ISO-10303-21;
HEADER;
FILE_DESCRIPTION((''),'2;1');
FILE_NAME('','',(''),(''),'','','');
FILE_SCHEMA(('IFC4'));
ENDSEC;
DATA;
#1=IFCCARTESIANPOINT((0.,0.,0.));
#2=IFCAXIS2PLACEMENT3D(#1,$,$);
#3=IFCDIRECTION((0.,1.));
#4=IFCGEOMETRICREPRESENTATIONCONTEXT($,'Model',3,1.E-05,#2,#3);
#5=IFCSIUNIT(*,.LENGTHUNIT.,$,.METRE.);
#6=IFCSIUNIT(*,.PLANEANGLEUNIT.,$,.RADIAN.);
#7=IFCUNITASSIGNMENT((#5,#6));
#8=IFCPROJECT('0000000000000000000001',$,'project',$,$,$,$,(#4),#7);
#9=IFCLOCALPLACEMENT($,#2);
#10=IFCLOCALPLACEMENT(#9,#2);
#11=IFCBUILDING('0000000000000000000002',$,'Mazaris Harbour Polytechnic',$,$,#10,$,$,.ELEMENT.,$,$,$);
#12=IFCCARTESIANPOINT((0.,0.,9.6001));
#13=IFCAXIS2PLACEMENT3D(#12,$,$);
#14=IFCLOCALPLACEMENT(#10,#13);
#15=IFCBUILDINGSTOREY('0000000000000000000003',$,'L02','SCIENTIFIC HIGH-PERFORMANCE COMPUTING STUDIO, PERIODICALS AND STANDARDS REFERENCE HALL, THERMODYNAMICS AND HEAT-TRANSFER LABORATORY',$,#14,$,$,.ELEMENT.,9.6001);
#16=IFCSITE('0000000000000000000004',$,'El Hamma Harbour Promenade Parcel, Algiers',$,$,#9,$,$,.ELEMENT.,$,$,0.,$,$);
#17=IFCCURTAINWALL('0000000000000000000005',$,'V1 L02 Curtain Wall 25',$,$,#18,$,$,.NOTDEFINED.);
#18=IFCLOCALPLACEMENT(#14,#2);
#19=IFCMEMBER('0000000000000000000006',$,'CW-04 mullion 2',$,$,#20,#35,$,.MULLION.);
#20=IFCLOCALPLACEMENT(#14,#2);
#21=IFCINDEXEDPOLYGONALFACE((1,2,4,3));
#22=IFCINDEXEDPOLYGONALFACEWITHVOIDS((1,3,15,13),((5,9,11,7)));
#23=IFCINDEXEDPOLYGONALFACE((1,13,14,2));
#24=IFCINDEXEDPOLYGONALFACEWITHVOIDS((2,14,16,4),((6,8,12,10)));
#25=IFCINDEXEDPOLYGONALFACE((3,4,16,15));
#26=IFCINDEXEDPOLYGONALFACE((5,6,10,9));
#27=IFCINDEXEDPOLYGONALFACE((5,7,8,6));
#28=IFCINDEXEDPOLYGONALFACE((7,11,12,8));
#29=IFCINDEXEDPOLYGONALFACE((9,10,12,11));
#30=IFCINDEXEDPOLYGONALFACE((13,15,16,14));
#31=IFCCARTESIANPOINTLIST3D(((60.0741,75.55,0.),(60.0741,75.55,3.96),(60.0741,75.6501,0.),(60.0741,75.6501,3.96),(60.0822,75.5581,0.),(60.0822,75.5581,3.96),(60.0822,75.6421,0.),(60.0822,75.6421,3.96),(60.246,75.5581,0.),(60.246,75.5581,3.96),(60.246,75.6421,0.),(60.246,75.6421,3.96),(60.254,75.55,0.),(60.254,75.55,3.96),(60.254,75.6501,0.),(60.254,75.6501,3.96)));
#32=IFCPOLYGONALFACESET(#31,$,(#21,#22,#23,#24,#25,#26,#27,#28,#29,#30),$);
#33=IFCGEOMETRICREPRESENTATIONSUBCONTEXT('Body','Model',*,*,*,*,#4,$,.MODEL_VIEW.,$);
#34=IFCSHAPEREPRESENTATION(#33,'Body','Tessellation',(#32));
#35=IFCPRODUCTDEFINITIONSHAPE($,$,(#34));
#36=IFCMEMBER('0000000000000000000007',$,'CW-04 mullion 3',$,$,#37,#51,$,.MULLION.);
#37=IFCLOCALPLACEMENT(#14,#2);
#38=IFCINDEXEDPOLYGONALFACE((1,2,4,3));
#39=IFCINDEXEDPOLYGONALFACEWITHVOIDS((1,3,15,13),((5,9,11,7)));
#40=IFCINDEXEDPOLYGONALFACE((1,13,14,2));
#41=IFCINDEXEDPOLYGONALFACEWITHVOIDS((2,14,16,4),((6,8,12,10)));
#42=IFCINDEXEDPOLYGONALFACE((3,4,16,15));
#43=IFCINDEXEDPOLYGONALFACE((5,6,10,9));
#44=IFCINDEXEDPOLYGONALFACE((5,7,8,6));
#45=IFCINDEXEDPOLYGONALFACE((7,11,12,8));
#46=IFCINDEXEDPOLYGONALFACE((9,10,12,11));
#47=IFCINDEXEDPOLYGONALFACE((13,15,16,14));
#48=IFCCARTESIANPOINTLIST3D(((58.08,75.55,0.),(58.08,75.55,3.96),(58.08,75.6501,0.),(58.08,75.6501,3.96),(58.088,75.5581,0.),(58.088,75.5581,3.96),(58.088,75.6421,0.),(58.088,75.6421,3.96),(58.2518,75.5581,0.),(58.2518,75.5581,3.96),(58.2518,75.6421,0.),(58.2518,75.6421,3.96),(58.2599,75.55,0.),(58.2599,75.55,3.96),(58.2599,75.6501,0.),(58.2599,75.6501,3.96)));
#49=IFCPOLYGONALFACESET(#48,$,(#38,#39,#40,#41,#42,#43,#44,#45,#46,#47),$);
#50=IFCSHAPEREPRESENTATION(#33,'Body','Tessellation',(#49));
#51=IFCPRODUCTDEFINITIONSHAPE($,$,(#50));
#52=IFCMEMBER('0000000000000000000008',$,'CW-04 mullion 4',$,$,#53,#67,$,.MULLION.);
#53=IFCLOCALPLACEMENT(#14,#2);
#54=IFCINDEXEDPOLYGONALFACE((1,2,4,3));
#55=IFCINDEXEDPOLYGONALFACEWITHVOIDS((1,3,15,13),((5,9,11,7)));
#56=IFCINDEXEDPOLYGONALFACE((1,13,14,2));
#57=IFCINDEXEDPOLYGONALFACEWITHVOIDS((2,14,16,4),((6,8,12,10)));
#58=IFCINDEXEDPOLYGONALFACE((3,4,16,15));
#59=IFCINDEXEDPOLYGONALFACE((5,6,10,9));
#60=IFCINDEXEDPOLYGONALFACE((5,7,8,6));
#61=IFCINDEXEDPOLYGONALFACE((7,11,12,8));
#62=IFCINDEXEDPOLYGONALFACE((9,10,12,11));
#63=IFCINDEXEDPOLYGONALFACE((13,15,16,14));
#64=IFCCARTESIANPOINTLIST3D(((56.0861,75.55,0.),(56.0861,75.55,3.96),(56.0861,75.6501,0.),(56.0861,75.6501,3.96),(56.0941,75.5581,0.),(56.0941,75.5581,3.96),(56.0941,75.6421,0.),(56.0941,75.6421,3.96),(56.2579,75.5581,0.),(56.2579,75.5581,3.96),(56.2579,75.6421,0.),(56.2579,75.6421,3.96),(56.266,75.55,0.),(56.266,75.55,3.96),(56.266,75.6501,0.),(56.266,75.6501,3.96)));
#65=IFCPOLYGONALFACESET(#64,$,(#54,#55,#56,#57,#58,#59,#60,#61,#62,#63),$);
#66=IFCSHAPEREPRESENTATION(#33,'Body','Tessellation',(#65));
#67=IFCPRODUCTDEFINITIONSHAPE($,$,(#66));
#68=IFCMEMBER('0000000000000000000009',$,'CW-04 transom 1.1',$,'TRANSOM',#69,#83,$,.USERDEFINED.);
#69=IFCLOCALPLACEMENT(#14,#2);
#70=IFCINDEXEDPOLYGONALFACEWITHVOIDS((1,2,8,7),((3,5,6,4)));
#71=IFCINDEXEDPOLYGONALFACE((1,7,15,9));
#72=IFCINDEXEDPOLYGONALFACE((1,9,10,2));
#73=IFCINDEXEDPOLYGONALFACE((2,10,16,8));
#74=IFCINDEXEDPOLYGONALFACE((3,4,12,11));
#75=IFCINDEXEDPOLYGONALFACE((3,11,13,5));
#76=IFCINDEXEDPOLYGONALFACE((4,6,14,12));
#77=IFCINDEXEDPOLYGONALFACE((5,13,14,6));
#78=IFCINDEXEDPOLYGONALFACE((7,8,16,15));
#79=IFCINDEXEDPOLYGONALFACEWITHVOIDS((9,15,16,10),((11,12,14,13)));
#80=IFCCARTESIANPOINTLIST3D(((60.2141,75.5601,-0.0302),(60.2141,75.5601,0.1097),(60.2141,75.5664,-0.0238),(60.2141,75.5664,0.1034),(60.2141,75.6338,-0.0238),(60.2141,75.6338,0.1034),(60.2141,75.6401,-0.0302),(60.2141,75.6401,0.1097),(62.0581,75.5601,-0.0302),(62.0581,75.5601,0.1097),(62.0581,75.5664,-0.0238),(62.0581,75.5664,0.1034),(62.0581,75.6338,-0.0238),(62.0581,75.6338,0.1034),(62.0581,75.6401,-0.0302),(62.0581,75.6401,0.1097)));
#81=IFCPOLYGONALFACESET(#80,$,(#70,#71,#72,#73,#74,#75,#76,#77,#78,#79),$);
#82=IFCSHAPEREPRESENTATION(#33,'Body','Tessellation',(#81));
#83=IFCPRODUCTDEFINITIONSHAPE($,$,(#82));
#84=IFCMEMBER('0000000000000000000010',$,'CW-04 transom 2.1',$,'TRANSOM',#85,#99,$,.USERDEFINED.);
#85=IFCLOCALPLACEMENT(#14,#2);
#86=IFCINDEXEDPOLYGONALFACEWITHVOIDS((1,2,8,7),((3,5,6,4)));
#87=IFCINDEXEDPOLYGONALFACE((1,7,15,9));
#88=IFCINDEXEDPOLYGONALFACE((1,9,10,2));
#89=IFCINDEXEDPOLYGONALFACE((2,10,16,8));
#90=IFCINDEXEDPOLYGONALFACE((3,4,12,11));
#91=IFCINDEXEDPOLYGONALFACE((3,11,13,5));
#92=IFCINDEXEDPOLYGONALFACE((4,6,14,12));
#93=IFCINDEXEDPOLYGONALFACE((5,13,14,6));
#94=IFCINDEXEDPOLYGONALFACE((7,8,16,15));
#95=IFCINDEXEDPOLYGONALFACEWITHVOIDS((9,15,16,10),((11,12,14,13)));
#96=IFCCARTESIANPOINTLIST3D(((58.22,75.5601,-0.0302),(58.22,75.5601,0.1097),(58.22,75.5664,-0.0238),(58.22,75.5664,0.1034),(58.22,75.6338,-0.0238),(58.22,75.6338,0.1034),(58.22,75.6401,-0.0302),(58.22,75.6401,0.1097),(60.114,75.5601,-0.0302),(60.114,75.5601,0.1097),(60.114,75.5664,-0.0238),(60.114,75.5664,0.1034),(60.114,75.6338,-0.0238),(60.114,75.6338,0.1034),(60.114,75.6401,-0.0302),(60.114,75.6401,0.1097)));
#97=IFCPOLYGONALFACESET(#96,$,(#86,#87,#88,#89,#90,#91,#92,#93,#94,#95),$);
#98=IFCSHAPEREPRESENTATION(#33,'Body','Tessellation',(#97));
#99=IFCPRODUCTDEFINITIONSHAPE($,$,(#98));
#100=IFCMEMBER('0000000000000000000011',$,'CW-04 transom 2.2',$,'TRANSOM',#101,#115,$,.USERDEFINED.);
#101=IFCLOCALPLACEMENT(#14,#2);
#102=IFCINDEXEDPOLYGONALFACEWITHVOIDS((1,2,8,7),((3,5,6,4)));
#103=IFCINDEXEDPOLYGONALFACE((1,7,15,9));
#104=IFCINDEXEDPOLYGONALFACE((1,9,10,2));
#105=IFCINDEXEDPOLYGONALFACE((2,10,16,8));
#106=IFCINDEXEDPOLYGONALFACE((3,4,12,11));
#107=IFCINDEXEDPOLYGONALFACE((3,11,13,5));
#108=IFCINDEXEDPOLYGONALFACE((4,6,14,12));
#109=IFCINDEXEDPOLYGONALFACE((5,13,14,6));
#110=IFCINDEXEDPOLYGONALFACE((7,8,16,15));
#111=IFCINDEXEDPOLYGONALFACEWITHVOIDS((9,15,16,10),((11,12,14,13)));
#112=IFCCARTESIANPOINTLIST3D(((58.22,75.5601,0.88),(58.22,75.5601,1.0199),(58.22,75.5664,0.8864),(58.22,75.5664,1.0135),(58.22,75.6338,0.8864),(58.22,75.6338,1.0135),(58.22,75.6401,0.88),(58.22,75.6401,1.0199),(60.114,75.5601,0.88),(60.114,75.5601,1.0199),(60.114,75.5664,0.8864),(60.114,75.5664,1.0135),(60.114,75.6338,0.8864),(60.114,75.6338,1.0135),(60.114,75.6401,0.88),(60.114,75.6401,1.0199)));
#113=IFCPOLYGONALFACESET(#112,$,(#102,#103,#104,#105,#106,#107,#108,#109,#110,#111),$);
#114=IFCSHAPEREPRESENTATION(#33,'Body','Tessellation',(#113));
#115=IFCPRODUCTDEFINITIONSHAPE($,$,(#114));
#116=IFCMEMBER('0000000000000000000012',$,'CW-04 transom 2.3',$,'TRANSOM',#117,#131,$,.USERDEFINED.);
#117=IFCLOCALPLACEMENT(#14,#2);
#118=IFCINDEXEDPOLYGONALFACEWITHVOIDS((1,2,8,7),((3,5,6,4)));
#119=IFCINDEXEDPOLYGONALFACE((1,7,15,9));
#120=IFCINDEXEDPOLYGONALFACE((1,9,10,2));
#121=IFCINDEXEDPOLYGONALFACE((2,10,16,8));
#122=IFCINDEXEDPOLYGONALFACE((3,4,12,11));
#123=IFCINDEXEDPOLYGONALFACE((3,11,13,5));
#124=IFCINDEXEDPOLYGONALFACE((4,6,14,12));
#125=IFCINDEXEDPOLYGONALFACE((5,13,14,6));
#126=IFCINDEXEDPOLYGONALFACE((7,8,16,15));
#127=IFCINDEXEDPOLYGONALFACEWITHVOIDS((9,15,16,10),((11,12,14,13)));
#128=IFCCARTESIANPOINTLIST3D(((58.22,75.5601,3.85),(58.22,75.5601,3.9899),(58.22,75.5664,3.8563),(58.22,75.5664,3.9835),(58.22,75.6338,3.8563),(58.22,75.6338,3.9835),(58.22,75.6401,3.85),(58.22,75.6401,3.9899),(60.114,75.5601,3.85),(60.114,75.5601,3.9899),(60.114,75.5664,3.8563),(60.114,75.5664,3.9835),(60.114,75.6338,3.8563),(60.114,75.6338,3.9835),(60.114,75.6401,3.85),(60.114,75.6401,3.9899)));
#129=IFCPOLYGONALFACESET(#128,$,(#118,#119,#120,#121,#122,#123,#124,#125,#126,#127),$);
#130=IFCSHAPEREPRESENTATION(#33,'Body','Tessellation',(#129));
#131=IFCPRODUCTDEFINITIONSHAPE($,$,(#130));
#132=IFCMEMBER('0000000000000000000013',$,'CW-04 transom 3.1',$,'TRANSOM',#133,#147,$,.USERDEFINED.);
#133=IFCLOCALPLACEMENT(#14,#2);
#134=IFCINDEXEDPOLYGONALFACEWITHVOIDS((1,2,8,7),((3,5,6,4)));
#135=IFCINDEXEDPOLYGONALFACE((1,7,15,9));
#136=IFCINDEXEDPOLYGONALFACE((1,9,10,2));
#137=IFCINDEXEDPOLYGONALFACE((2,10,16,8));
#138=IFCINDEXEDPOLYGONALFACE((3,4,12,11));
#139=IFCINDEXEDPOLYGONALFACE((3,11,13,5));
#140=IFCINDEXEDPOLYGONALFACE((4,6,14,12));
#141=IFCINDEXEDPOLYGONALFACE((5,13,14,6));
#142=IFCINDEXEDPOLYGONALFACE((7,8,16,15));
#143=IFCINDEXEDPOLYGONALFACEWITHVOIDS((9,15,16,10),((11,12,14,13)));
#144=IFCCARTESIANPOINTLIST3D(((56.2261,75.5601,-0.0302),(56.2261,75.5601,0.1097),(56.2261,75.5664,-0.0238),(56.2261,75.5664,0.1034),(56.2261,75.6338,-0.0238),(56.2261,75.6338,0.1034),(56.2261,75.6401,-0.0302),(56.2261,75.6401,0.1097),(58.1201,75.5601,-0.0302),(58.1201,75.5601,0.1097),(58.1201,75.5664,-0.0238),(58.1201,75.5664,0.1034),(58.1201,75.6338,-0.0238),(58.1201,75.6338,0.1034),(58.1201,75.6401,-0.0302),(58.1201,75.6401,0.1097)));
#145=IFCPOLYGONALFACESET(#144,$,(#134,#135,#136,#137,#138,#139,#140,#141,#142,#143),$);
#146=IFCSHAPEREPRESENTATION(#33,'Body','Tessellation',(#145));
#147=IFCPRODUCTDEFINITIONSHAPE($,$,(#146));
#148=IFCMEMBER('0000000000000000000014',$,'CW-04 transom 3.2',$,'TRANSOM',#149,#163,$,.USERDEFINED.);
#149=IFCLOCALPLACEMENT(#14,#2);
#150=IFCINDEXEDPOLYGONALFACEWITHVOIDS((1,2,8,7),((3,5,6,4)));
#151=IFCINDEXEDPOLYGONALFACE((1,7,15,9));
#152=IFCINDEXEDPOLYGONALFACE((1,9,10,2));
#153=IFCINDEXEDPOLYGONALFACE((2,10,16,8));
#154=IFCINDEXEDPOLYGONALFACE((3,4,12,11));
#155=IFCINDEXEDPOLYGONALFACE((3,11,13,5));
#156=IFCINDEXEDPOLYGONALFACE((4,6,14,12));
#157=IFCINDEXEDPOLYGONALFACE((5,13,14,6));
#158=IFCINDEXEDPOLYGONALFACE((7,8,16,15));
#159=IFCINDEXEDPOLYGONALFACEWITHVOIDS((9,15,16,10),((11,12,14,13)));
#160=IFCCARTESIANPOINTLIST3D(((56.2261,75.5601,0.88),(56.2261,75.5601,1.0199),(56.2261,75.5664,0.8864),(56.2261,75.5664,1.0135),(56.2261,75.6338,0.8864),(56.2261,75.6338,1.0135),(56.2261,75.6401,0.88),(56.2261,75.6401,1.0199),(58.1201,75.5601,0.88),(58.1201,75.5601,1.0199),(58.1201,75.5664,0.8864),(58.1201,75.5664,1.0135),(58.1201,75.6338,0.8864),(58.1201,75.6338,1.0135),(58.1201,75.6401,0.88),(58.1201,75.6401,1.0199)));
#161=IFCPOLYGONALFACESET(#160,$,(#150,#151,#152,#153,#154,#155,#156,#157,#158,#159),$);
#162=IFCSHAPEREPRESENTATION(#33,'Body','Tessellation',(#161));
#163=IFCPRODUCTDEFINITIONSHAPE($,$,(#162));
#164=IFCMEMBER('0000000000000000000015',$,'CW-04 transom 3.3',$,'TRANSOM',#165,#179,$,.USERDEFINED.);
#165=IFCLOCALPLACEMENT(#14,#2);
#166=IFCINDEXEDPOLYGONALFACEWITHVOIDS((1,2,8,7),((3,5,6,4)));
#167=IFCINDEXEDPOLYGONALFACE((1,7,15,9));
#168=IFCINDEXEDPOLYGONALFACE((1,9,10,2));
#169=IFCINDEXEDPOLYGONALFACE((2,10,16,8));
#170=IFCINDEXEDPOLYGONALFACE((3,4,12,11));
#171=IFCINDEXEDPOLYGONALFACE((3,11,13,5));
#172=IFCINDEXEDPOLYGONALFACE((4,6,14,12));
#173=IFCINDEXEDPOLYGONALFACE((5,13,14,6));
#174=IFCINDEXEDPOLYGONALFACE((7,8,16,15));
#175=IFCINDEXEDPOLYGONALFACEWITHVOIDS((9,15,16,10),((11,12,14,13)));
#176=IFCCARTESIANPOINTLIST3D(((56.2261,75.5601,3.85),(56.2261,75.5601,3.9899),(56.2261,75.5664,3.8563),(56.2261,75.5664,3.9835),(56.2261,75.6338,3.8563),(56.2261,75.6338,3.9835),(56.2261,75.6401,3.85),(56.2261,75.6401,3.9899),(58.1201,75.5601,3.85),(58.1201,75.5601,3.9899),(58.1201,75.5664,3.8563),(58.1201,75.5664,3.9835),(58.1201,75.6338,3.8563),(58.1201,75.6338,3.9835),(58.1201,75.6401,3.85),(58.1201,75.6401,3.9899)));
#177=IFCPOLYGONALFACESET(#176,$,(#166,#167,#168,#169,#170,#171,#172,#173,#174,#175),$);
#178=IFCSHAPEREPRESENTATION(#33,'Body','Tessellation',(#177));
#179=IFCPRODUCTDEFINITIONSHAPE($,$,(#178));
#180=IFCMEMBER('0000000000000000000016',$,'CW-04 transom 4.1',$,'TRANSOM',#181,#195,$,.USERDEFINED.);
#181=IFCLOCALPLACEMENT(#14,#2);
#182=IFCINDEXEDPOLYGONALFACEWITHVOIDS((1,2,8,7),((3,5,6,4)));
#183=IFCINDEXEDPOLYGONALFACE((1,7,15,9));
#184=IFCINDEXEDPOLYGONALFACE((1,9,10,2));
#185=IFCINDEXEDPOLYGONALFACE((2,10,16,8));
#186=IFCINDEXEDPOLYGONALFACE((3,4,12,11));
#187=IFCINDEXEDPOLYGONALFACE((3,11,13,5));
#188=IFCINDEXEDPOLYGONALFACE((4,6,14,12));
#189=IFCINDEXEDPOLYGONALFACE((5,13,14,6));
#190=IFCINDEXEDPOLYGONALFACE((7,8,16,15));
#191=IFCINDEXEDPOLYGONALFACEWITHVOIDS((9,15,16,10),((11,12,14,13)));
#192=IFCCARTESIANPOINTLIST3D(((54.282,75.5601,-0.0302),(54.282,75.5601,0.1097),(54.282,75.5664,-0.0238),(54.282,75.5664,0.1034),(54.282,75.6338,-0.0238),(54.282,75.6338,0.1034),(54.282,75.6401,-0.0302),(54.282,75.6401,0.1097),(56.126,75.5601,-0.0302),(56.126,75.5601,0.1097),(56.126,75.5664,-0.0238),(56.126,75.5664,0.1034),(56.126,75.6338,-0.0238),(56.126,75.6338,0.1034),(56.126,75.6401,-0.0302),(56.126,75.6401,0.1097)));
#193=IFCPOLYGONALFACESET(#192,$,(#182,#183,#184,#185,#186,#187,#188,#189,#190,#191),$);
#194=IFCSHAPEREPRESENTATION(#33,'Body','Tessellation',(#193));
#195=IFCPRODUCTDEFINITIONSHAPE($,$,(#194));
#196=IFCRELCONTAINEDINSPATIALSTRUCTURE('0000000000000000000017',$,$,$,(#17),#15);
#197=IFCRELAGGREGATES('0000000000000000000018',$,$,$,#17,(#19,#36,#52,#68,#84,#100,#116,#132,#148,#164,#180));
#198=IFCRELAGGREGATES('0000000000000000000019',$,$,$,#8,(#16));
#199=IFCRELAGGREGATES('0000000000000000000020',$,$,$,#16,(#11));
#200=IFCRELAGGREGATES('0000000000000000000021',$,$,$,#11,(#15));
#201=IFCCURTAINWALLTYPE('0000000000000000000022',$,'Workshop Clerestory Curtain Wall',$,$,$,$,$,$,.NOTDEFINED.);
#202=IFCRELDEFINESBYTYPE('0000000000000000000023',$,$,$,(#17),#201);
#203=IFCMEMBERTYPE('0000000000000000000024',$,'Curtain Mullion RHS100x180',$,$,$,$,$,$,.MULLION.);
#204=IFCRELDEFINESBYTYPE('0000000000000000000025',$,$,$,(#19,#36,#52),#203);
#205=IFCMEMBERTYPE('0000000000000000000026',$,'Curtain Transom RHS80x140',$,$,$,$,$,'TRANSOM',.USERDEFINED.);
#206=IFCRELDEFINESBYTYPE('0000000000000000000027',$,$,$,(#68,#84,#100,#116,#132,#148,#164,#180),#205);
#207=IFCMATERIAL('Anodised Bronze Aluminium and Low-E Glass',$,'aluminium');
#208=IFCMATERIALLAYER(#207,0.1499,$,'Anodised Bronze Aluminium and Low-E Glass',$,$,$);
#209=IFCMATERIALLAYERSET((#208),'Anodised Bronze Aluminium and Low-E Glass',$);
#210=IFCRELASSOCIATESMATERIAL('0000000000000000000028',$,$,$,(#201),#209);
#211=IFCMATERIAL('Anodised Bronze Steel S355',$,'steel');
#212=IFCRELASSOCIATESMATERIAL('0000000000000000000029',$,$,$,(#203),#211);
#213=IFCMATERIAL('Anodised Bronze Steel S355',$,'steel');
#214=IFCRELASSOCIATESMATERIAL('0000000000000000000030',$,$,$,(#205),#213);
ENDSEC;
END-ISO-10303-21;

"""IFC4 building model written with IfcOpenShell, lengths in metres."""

from ifc_helpers import new_model, si_unit, direction, frame, origin, origin_2d, place, context, subcontext, project, spatial, hollow_rectangle, extrude, material, layer, layer_set, material_profile, profile_set, type_object, element, aggregate, save


model = new_model("IFC4")

# Units and contexts
model_context = context("Model", 3, precision=1e-05, world=origin(), true_north=direction((0.0, 1.0)))
body_context = subcontext(model_context, "Body", "Model", "MODEL_VIEW")
ifc_project = project(units=[si_unit("LENGTHUNIT", "METRE"), si_unit("PLANEANGLEUNIT", "RADIAN")], contexts=[model_context])

# Site, building, storey
site_placement = place(None, origin())
site = spatial("IfcSite", under=ifc_project, at=site_placement, Name="El Hamma Harbour Promenade Parcel, Algiers", CompositionType="ELEMENT", RefElevation=0.0)
building_placement = place(site_placement, origin())
building = spatial("IfcBuilding", under=site, at=building_placement, Name="Mazaris Harbour Polytechnic", CompositionType="ELEMENT")
storey_placement = place(building_placement, frame((0.0, 0.0, 9.6001)))
storey = spatial("IfcBuildingStorey", under=building, at=storey_placement, Name="L02", Description="SCIENTIFIC HIGH-PERFORMANCE COMPUTING STUDIO, PERIODICALS AND STANDARDS REFERENCE HALL, THERMODYNAMICS AND HEAT-TRANSFER LABORATORY", CompositionType="ELEMENT", Elevation=9.6001)

# Curtain wall, members
ifc_material_1 = material(Name="Anodised Bronze Aluminium and Low-E Glass", Category="aluminium")
ifc_layer_1 = layer(ifc_material_1, 0.1499, Name="Anodised Bronze Aluminium and Low-E Glass")
ifc_layer_set_1 = layer_set([ifc_layer_1], Name="Anodised Bronze Aluminium and Low-E Glass")
curtain_wall_type = type_object("IfcCurtainWallType", Name="Workshop Clerestory Curtain Wall", PredefinedType="NOTDEFINED", material=ifc_layer_set_1)
curtain_wall_placement = place(storey_placement, origin())
curtain_wall = element("IfcCurtainWall", 1, at=curtain_wall_placement, inside=storey, type_object=curtain_wall_type, Name="V1 L02 Curtain Wall 25", PredefinedType="NOTDEFINED")
ifc_material_2 = material(Name="Anodised Bronze Steel S355", Category="steel")
ifc_material_profile_1 = material_profile(ifc_material_2, hollow_rectangle(XDim=0.1001, YDim=0.1799, WallThickness=0.0081, at=origin_2d()), Name="RHS 100x180x8.0")
ifc_profile_set_1 = profile_set([ifc_material_profile_1], Name="Anodised Bronze Steel S355")
member_type_1 = type_object("IfcMemberType", Name="Curtain Mullion RHS100x180", PredefinedType="MULLION", material=ifc_profile_set_1)
member_1_placement = place(storey_placement, frame((60.1641, 75.6001, 0.0), z_axis=(0.0, 0.0, 1.0), x_axis=(0.0, -1.0, 0.0)))
member_1 = element("IfcMember", 2, at=member_1_placement, type_object=member_type_1, Name="CW-04 mullion 2", PredefinedType="MULLION", context=body_context, shape_type="SweptSolid", body=[
    extrude(hollow_rectangle(XDim=0.1001, YDim=0.1799, WallThickness=0.0081, at=origin_2d()), origin(), (0.0, 0.0, 1.0), 3.96),
])
member_2_placement = place(storey_placement, frame((58.1699, 75.6001, 0.0), z_axis=(0.0, 0.0, 1.0), x_axis=(0.0, -1.0, 0.0)))
member_2 = element("IfcMember", 3, at=member_2_placement, type_object=member_type_1, Name="CW-04 mullion 3", PredefinedType="MULLION", context=body_context, shape_type="SweptSolid", body=[
    extrude(hollow_rectangle(XDim=0.1001, YDim=0.1799, WallThickness=0.0081, at=origin_2d()), origin(), (0.0, 0.0, 1.0), 3.96),
])
member_3_placement = place(storey_placement, frame((56.176, 75.6001, 0.0), z_axis=(0.0, 0.0, 1.0), x_axis=(0.0, -1.0, 0.0)))
member_3 = element("IfcMember", 4, at=member_3_placement, type_object=member_type_1, Name="CW-04 mullion 4", PredefinedType="MULLION", context=body_context, shape_type="SweptSolid", body=[
    extrude(hollow_rectangle(XDim=0.1001, YDim=0.1799, WallThickness=0.0081, at=origin_2d()), origin(), (0.0, 0.0, 1.0), 3.96),
])
ifc_material_3 = material(Name="Anodised Bronze Steel S355", Category="steel")
ifc_material_profile_2 = material_profile(ifc_material_3, hollow_rectangle(XDim=0.0801, YDim=0.1399, WallThickness=0.0063, at=origin_2d()), Name="RHS 80x140x6.3")
ifc_profile_set_2 = profile_set([ifc_material_profile_2], Name="Anodised Bronze Steel S355")
member_type_2 = type_object("IfcMemberType", Name="Curtain Transom RHS80x140", ElementType="TRANSOM", PredefinedType="USERDEFINED", material=ifc_profile_set_2)
member_4_placement = place(storey_placement, frame((62.0581, 75.6001, 0.0398), z_axis=(-1.0, 0.0, 0.0), x_axis=(0.0, -1.0, 0.0)))
member_4 = element("IfcMember", 5, at=member_4_placement, type_object=member_type_2, Name="CW-04 transom 1.1", ObjectType="TRANSOM", PredefinedType="USERDEFINED", context=body_context, shape_type="SweptSolid", body=[
    extrude(hollow_rectangle(XDim=0.0801, YDim=0.1399, WallThickness=0.0063, at=origin_2d()), origin(), (0.0, 0.0, 1.0), 1.844),
])
member_5_placement = place(storey_placement, frame((60.114, 75.6001, 0.0398), z_axis=(-1.0, 0.0, 0.0), x_axis=(0.0, -1.0, 0.0)))
member_5 = element("IfcMember", 6, at=member_5_placement, type_object=member_type_2, Name="CW-04 transom 2.1", ObjectType="TRANSOM", PredefinedType="USERDEFINED", context=body_context, shape_type="SweptSolid", body=[
    extrude(hollow_rectangle(XDim=0.0801, YDim=0.1399, WallThickness=0.0063, at=origin_2d()), origin(), (0.0, 0.0, 1.0), 1.894),
])
member_6_placement = place(storey_placement, frame((60.114, 75.6001, 0.95), z_axis=(-1.0, 0.0, 0.0), x_axis=(0.0, -1.0, 0.0)))
member_6 = element("IfcMember", 7, at=member_6_placement, type_object=member_type_2, Name="CW-04 transom 2.2", ObjectType="TRANSOM", PredefinedType="USERDEFINED", context=body_context, shape_type="SweptSolid", body=[
    extrude(hollow_rectangle(XDim=0.0801, YDim=0.1399, WallThickness=0.0063, at=origin_2d()), origin(), (0.0, 0.0, 1.0), 1.894),
])
member_7_placement = place(storey_placement, frame((60.114, 75.6001, 3.9199), z_axis=(-1.0, 0.0, 0.0), x_axis=(0.0, -1.0, 0.0)))
member_7 = element("IfcMember", 8, at=member_7_placement, type_object=member_type_2, Name="CW-04 transom 2.3", ObjectType="TRANSOM", PredefinedType="USERDEFINED", context=body_context, shape_type="SweptSolid", body=[
    extrude(hollow_rectangle(XDim=0.0801, YDim=0.1399, WallThickness=0.0063, at=origin_2d()), origin(), (0.0, 0.0, 1.0), 1.894),
])
member_8_placement = place(storey_placement, frame((58.1201, 75.6001, 0.0398), z_axis=(-1.0, 0.0, 0.0), x_axis=(0.0, -1.0, 0.0)))
member_8 = element("IfcMember", 9, at=member_8_placement, type_object=member_type_2, Name="CW-04 transom 3.1", ObjectType="TRANSOM", PredefinedType="USERDEFINED", context=body_context, shape_type="SweptSolid", body=[
    extrude(hollow_rectangle(XDim=0.0801, YDim=0.1399, WallThickness=0.0063, at=origin_2d()), origin(), (0.0, 0.0, 1.0), 1.894),
])
member_9_placement = place(storey_placement, frame((58.1201, 75.6001, 0.95), z_axis=(-1.0, 0.0, 0.0), x_axis=(0.0, -1.0, 0.0)))
member_9 = element("IfcMember", 10, at=member_9_placement, type_object=member_type_2, Name="CW-04 transom 3.2", ObjectType="TRANSOM", PredefinedType="USERDEFINED", context=body_context, shape_type="SweptSolid", body=[
    extrude(hollow_rectangle(XDim=0.0801, YDim=0.1399, WallThickness=0.0063, at=origin_2d()), origin(), (0.0, 0.0, 1.0), 1.894),
])
member_10_placement = place(storey_placement, frame((58.1201, 75.6001, 3.9199), z_axis=(-1.0, 0.0, 0.0), x_axis=(0.0, -1.0, 0.0)))
member_10 = element("IfcMember", 11, at=member_10_placement, type_object=member_type_2, Name="CW-04 transom 3.3", ObjectType="TRANSOM", PredefinedType="USERDEFINED", context=body_context, shape_type="SweptSolid", body=[
    extrude(hollow_rectangle(XDim=0.0801, YDim=0.1399, WallThickness=0.0063, at=origin_2d()), origin(), (0.0, 0.0, 1.0), 1.894),
])
member_11_placement = place(storey_placement, frame((56.126, 75.6001, 0.0398), z_axis=(-1.0, 0.0, 0.0), x_axis=(0.0, -1.0, 0.0)))
member_11 = element("IfcMember", 12, at=member_11_placement, type_object=member_type_2, Name="CW-04 transom 4.1", ObjectType="TRANSOM", PredefinedType="USERDEFINED", context=body_context, shape_type="SweptSolid", body=[
    extrude(hollow_rectangle(XDim=0.0801, YDim=0.1399, WallThickness=0.0063, at=origin_2d()), origin(), (0.0, 0.0, 1.0), 1.844),
])

aggregate(curtain_wall, [member_1, member_2, member_3, member_4, member_5, member_6, member_7, member_8, member_9, member_10, member_11])

save(model, "model.ifc")
